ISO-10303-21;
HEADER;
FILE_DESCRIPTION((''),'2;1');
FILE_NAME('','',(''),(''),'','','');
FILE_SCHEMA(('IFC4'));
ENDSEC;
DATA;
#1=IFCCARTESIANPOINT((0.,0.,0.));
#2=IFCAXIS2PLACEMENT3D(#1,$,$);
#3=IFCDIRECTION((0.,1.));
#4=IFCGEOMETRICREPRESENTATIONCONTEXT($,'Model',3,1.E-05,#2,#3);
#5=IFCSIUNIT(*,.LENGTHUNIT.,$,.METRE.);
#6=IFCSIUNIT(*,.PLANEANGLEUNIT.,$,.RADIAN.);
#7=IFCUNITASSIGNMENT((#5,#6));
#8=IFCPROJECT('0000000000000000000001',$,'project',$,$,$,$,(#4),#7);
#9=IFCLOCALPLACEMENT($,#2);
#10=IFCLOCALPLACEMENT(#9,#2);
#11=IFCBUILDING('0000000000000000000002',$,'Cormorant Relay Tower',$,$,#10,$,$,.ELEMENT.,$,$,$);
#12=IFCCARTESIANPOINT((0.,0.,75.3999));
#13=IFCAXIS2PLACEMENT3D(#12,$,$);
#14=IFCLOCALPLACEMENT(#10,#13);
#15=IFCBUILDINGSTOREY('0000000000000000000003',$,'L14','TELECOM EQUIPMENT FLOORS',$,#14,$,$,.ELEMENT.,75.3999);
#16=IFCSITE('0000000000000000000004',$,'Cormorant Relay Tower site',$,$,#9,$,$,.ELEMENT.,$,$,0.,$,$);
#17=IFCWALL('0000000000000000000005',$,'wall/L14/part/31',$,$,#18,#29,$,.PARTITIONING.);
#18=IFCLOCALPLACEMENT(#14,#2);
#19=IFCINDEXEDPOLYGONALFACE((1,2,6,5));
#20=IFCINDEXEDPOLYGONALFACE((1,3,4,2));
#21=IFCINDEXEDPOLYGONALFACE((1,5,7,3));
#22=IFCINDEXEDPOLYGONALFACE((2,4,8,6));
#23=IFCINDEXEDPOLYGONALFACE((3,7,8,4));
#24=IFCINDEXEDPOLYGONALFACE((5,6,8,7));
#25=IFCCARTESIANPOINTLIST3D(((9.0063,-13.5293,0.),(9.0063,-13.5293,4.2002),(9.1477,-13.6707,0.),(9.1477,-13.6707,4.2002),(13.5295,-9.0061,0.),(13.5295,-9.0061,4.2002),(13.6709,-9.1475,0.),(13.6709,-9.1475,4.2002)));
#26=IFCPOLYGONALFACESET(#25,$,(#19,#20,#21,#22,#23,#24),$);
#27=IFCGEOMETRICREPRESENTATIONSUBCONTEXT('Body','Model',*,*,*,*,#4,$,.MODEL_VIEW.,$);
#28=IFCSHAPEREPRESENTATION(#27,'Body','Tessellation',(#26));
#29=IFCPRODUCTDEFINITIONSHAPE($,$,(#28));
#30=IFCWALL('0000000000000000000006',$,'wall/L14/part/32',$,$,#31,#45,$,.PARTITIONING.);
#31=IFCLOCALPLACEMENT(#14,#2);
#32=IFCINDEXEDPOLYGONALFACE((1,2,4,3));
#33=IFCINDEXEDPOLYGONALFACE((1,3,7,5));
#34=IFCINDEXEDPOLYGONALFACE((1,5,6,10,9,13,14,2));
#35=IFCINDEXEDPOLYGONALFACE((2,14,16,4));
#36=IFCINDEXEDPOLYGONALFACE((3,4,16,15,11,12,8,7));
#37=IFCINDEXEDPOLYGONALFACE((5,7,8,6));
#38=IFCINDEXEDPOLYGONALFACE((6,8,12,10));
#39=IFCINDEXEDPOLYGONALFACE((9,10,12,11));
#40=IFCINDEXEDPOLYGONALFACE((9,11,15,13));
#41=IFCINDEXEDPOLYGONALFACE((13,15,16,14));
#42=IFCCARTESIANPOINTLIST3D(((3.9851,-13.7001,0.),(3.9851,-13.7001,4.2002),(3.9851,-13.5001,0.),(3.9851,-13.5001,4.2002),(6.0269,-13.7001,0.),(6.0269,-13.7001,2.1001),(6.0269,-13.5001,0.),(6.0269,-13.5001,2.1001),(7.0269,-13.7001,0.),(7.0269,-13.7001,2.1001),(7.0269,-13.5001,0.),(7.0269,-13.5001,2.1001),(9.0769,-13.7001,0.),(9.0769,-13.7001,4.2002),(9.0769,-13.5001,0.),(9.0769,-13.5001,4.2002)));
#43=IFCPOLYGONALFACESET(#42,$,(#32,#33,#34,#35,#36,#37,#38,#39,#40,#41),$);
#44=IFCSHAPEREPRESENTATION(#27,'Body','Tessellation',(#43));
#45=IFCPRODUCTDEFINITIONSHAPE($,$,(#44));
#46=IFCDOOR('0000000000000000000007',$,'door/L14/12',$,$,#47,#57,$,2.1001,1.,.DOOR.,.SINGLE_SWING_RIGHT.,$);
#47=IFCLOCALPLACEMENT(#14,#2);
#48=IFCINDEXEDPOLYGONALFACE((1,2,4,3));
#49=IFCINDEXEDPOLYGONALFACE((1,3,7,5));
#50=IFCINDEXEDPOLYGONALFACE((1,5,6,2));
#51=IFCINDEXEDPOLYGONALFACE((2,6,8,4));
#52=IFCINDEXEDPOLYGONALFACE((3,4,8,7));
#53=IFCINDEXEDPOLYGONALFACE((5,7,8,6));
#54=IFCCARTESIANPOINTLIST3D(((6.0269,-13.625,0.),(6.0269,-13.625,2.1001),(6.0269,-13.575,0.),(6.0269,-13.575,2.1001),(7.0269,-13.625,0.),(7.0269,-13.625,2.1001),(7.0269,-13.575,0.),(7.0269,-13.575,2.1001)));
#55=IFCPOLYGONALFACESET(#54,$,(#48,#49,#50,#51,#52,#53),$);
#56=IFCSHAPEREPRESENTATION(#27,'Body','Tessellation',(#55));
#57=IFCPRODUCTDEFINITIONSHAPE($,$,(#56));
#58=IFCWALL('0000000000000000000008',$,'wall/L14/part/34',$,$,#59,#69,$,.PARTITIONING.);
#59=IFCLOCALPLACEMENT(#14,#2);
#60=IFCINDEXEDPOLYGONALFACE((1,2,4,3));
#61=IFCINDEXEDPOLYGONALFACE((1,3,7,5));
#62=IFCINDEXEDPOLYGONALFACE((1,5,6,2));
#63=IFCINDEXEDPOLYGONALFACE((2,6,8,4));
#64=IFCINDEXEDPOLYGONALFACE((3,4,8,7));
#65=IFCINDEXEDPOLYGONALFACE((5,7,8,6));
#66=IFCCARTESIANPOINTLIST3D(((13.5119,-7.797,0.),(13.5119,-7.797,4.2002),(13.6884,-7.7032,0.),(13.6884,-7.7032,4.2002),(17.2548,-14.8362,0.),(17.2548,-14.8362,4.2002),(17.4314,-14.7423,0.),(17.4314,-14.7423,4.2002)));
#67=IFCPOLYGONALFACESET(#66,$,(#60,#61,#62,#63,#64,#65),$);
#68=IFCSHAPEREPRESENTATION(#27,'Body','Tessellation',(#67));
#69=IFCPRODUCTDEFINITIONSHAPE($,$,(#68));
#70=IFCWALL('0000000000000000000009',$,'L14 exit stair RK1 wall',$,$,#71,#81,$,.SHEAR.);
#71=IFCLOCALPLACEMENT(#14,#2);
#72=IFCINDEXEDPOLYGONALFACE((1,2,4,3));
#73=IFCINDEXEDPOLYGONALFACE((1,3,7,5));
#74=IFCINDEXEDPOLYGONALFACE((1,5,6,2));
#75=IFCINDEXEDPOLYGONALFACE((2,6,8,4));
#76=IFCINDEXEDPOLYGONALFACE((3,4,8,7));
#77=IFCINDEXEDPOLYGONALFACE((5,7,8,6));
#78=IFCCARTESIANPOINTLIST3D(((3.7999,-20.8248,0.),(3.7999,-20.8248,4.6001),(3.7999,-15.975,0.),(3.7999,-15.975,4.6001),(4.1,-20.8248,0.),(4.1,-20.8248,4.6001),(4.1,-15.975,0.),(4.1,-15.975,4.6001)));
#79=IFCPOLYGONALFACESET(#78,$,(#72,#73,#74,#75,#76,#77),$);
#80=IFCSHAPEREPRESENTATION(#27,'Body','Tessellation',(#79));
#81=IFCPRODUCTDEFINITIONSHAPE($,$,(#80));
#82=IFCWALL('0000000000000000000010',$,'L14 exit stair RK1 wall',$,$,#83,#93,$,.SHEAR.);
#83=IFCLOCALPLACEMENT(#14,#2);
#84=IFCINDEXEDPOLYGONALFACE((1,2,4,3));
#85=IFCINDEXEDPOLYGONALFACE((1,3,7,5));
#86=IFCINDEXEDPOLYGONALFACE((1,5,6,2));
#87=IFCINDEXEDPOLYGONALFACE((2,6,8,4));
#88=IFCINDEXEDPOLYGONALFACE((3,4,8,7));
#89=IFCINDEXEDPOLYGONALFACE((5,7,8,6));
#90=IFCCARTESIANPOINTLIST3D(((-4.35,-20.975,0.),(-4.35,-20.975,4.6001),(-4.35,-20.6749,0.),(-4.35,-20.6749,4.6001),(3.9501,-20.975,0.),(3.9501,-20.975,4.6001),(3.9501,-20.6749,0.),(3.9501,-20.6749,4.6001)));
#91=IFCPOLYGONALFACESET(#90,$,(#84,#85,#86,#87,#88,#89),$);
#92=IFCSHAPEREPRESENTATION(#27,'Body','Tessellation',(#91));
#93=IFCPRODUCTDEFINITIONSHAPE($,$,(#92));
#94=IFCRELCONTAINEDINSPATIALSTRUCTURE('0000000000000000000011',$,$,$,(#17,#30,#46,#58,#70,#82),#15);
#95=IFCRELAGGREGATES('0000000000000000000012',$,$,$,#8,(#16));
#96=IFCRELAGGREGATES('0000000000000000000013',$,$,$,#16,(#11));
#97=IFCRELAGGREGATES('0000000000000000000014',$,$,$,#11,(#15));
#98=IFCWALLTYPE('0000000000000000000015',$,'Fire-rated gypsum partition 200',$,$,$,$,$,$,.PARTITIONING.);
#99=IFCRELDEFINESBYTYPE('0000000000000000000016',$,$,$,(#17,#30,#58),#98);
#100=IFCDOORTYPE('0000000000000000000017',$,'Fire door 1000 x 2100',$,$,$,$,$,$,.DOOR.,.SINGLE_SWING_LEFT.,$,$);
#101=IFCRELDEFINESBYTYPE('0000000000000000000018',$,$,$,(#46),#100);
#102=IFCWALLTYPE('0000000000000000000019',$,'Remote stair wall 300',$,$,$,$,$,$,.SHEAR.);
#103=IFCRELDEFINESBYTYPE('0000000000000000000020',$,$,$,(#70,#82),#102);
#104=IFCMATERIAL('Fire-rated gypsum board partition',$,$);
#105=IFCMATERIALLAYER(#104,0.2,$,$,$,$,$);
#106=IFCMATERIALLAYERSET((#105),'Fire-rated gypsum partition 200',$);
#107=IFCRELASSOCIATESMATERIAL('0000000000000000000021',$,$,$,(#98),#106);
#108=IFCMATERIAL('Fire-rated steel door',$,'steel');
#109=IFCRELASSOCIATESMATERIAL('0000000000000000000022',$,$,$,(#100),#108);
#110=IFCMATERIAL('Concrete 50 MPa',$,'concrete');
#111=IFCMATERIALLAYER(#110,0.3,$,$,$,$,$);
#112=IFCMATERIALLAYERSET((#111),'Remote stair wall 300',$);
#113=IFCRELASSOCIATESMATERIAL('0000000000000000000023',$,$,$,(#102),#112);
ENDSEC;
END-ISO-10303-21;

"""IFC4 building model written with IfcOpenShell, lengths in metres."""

from ifc_helpers import new_model, si_unit, direction, frame, frame_2d, origin, place, context, subcontext, project, spatial, rectangle, extrude, material, layer, layer_set, type_object, element, fill, save


model = new_model("IFC4")

# Units and contexts
model_context = context("Model", 3, precision=1e-05, world=origin(), true_north=direction((0.0, 1.0)))
body_context = subcontext(model_context, "Body", "Model", "MODEL_VIEW")
ifc_project = project(units=[si_unit("LENGTHUNIT", "METRE"), si_unit("PLANEANGLEUNIT", "RADIAN")], contexts=[model_context])

# Site, building, storey
site_placement = place(None, origin())
site = spatial("IfcSite", under=ifc_project, at=site_placement, Name="Cormorant Relay Tower site", CompositionType="ELEMENT", RefElevation=0.0)
building_placement = place(site_placement, origin())
building = spatial("IfcBuilding", under=site, at=building_placement, Name="Cormorant Relay Tower", CompositionType="ELEMENT")
storey_placement = place(building_placement, frame((0.0, 0.0, 75.3999)))
storey = spatial("IfcBuildingStorey", under=building, at=storey_placement, Name="L14", Description="TELECOM EQUIPMENT FLOORS", CompositionType="ELEMENT", Elevation=75.3999)

# Wall
ifc_material_1 = material(Name="Fire-rated gypsum board partition")
ifc_layer_1 = layer(ifc_material_1, 0.2)
ifc_layer_set_1 = layer_set([ifc_layer_1], Name="Fire-rated gypsum partition 200")
wall_type_1 = type_object("IfcWallType", Name="Fire-rated gypsum partition 200", PredefinedType="PARTITIONING", material=ifc_layer_set_1)
wall_1_placement = place(storey_placement, frame((13.6001, -9.0769, 0.0), z_axis=(0.0, 0.0, 1.0), x_axis=(-0.707107, -0.707107, 0.0)))
element("IfcWall", 1, at=wall_1_placement, inside=storey, type_object=wall_type_1, Name="wall/L14/part/31", PredefinedType="PARTITIONING", context=body_context, shape_type="SweptSolid", body=[
    extrude(rectangle(XDim=6.3967, YDim=0.2, at=frame_2d((3.1982, 0.0))), origin(), (0.0, 0.0, 1.0), 4.2002),
])

# Wall, opening, door
wall_2_placement = place(storey_placement, frame((9.0769, -13.6001, 0.0), z_axis=(0.0, 0.0, 1.0), x_axis=(-1.0, 0.0, 0.0)))
wall_2 = element("IfcWall", 2, at=wall_2_placement, inside=storey, type_object=wall_type_1, Name="wall/L14/part/32", PredefinedType="PARTITIONING", context=body_context, shape_type="SweptSolid", body=[
    extrude(rectangle(XDim=5.0918, YDim=0.2, at=frame_2d((2.5459, 0.0))), origin(), (0.0, 0.0, 1.0), 4.2002),
])
opening_placement = place(wall_2_placement, frame((2.05, 0.0, 0.0)))
opening = element("IfcOpeningElement", 3, at=opening_placement, cuts=wall_2, PredefinedType="OPENING", context=body_context, shape_type="SweptSolid", body=[
    extrude(rectangle(XDim=1.0, YDim=2.1001, at=frame_2d((0.5, 1.05))), frame((0.0, 0.1099, 0.0), z_axis=(0.0, -1.0, 0.0), x_axis=(1.0, 0.0, 0.0)), (0.0, 0.0, 1.0), 0.22),
])
ifc_material_2 = material(Name="Fire-rated steel door", Category="steel")
door_type = type_object("IfcDoorType", Name="Fire door 1000 x 2100", OperationType="SINGLE_SWING_LEFT", PredefinedType="DOOR", material=ifc_material_2)
door_placement = place(opening_placement, origin())
door = element("IfcDoor", 4, at=door_placement, inside=storey, type_object=door_type, Name="door/L14/12", OperationType="SINGLE_SWING_RIGHT", OverallHeight=2.1001, OverallWidth=1.0, PredefinedType="DOOR", context=body_context, shape_type="SweptSolid", body=[
    extrude(rectangle(XDim=1.0, YDim=2.1001, at=frame_2d((0.5, 1.05))), frame((0.0, 0.0249, 0.0), z_axis=(0.0, -1.0, 0.0), x_axis=(1.0, 0.0, 0.0)), (0.0, 0.0, 1.0), 0.05),
])
fill(opening, door)

# Walls
wall_3_placement = place(storey_placement, frame((13.6001, -7.75, 0.0), z_axis=(0.0, 0.0, 1.0), x_axis=(0.46949, -0.882938, 0.0)))
element("IfcWall", 5, at=wall_3_placement, inside=storey, type_object=wall_type_1, Name="wall/L14/part/34", PredefinedType="PARTITIONING", context=body_context, shape_type="SweptSolid", body=[
    extrude(rectangle(XDim=7.9724, YDim=0.2, at=frame_2d((3.9863, 0.0))), origin(), (0.0, 0.0, 1.0), 4.2002),
])
ifc_material_3 = material(Name="Concrete 50 MPa", Category="concrete")
ifc_layer_2 = layer(ifc_material_3, 0.3)
ifc_layer_set_2 = layer_set([ifc_layer_2], Name="Remote stair wall 300")
wall_type_2 = type_object("IfcWallType", Name="Remote stair wall 300", PredefinedType="SHEAR", material=ifc_layer_set_2)
wall_4_placement = place(storey_placement, frame((3.95, -15.9751, 0.0), z_axis=(0.0, 0.0, 1.0), x_axis=(0.0, -1.0, 0.0)))
element("IfcWall", 6, at=wall_4_placement, inside=storey, type_object=wall_type_2, Name="L14 exit stair RK1 wall", PredefinedType="SHEAR", context=body_context, shape_type="SweptSolid", body=[
    extrude(rectangle(XDim=4.8499, YDim=0.3, at=frame_2d((2.4248, 0.0))), origin(), (0.0, 0.0, 1.0), 4.6001),
])
wall_5_placement = place(storey_placement, frame((3.95, -20.825, 0.0), z_axis=(0.0, 0.0, 1.0), x_axis=(-1.0, 0.0, 0.0)))
element("IfcWall", 7, at=wall_5_placement, inside=storey, type_object=wall_type_2, Name="L14 exit stair RK1 wall", PredefinedType="SHEAR", context=body_context, shape_type="SweptSolid", body=[
    extrude(rectangle(XDim=8.3, YDim=0.3, at=frame_2d((4.1499, 0.0))), origin(), (0.0, 0.0, 1.0), 4.6001),
])

save(model, "model.ifc")
